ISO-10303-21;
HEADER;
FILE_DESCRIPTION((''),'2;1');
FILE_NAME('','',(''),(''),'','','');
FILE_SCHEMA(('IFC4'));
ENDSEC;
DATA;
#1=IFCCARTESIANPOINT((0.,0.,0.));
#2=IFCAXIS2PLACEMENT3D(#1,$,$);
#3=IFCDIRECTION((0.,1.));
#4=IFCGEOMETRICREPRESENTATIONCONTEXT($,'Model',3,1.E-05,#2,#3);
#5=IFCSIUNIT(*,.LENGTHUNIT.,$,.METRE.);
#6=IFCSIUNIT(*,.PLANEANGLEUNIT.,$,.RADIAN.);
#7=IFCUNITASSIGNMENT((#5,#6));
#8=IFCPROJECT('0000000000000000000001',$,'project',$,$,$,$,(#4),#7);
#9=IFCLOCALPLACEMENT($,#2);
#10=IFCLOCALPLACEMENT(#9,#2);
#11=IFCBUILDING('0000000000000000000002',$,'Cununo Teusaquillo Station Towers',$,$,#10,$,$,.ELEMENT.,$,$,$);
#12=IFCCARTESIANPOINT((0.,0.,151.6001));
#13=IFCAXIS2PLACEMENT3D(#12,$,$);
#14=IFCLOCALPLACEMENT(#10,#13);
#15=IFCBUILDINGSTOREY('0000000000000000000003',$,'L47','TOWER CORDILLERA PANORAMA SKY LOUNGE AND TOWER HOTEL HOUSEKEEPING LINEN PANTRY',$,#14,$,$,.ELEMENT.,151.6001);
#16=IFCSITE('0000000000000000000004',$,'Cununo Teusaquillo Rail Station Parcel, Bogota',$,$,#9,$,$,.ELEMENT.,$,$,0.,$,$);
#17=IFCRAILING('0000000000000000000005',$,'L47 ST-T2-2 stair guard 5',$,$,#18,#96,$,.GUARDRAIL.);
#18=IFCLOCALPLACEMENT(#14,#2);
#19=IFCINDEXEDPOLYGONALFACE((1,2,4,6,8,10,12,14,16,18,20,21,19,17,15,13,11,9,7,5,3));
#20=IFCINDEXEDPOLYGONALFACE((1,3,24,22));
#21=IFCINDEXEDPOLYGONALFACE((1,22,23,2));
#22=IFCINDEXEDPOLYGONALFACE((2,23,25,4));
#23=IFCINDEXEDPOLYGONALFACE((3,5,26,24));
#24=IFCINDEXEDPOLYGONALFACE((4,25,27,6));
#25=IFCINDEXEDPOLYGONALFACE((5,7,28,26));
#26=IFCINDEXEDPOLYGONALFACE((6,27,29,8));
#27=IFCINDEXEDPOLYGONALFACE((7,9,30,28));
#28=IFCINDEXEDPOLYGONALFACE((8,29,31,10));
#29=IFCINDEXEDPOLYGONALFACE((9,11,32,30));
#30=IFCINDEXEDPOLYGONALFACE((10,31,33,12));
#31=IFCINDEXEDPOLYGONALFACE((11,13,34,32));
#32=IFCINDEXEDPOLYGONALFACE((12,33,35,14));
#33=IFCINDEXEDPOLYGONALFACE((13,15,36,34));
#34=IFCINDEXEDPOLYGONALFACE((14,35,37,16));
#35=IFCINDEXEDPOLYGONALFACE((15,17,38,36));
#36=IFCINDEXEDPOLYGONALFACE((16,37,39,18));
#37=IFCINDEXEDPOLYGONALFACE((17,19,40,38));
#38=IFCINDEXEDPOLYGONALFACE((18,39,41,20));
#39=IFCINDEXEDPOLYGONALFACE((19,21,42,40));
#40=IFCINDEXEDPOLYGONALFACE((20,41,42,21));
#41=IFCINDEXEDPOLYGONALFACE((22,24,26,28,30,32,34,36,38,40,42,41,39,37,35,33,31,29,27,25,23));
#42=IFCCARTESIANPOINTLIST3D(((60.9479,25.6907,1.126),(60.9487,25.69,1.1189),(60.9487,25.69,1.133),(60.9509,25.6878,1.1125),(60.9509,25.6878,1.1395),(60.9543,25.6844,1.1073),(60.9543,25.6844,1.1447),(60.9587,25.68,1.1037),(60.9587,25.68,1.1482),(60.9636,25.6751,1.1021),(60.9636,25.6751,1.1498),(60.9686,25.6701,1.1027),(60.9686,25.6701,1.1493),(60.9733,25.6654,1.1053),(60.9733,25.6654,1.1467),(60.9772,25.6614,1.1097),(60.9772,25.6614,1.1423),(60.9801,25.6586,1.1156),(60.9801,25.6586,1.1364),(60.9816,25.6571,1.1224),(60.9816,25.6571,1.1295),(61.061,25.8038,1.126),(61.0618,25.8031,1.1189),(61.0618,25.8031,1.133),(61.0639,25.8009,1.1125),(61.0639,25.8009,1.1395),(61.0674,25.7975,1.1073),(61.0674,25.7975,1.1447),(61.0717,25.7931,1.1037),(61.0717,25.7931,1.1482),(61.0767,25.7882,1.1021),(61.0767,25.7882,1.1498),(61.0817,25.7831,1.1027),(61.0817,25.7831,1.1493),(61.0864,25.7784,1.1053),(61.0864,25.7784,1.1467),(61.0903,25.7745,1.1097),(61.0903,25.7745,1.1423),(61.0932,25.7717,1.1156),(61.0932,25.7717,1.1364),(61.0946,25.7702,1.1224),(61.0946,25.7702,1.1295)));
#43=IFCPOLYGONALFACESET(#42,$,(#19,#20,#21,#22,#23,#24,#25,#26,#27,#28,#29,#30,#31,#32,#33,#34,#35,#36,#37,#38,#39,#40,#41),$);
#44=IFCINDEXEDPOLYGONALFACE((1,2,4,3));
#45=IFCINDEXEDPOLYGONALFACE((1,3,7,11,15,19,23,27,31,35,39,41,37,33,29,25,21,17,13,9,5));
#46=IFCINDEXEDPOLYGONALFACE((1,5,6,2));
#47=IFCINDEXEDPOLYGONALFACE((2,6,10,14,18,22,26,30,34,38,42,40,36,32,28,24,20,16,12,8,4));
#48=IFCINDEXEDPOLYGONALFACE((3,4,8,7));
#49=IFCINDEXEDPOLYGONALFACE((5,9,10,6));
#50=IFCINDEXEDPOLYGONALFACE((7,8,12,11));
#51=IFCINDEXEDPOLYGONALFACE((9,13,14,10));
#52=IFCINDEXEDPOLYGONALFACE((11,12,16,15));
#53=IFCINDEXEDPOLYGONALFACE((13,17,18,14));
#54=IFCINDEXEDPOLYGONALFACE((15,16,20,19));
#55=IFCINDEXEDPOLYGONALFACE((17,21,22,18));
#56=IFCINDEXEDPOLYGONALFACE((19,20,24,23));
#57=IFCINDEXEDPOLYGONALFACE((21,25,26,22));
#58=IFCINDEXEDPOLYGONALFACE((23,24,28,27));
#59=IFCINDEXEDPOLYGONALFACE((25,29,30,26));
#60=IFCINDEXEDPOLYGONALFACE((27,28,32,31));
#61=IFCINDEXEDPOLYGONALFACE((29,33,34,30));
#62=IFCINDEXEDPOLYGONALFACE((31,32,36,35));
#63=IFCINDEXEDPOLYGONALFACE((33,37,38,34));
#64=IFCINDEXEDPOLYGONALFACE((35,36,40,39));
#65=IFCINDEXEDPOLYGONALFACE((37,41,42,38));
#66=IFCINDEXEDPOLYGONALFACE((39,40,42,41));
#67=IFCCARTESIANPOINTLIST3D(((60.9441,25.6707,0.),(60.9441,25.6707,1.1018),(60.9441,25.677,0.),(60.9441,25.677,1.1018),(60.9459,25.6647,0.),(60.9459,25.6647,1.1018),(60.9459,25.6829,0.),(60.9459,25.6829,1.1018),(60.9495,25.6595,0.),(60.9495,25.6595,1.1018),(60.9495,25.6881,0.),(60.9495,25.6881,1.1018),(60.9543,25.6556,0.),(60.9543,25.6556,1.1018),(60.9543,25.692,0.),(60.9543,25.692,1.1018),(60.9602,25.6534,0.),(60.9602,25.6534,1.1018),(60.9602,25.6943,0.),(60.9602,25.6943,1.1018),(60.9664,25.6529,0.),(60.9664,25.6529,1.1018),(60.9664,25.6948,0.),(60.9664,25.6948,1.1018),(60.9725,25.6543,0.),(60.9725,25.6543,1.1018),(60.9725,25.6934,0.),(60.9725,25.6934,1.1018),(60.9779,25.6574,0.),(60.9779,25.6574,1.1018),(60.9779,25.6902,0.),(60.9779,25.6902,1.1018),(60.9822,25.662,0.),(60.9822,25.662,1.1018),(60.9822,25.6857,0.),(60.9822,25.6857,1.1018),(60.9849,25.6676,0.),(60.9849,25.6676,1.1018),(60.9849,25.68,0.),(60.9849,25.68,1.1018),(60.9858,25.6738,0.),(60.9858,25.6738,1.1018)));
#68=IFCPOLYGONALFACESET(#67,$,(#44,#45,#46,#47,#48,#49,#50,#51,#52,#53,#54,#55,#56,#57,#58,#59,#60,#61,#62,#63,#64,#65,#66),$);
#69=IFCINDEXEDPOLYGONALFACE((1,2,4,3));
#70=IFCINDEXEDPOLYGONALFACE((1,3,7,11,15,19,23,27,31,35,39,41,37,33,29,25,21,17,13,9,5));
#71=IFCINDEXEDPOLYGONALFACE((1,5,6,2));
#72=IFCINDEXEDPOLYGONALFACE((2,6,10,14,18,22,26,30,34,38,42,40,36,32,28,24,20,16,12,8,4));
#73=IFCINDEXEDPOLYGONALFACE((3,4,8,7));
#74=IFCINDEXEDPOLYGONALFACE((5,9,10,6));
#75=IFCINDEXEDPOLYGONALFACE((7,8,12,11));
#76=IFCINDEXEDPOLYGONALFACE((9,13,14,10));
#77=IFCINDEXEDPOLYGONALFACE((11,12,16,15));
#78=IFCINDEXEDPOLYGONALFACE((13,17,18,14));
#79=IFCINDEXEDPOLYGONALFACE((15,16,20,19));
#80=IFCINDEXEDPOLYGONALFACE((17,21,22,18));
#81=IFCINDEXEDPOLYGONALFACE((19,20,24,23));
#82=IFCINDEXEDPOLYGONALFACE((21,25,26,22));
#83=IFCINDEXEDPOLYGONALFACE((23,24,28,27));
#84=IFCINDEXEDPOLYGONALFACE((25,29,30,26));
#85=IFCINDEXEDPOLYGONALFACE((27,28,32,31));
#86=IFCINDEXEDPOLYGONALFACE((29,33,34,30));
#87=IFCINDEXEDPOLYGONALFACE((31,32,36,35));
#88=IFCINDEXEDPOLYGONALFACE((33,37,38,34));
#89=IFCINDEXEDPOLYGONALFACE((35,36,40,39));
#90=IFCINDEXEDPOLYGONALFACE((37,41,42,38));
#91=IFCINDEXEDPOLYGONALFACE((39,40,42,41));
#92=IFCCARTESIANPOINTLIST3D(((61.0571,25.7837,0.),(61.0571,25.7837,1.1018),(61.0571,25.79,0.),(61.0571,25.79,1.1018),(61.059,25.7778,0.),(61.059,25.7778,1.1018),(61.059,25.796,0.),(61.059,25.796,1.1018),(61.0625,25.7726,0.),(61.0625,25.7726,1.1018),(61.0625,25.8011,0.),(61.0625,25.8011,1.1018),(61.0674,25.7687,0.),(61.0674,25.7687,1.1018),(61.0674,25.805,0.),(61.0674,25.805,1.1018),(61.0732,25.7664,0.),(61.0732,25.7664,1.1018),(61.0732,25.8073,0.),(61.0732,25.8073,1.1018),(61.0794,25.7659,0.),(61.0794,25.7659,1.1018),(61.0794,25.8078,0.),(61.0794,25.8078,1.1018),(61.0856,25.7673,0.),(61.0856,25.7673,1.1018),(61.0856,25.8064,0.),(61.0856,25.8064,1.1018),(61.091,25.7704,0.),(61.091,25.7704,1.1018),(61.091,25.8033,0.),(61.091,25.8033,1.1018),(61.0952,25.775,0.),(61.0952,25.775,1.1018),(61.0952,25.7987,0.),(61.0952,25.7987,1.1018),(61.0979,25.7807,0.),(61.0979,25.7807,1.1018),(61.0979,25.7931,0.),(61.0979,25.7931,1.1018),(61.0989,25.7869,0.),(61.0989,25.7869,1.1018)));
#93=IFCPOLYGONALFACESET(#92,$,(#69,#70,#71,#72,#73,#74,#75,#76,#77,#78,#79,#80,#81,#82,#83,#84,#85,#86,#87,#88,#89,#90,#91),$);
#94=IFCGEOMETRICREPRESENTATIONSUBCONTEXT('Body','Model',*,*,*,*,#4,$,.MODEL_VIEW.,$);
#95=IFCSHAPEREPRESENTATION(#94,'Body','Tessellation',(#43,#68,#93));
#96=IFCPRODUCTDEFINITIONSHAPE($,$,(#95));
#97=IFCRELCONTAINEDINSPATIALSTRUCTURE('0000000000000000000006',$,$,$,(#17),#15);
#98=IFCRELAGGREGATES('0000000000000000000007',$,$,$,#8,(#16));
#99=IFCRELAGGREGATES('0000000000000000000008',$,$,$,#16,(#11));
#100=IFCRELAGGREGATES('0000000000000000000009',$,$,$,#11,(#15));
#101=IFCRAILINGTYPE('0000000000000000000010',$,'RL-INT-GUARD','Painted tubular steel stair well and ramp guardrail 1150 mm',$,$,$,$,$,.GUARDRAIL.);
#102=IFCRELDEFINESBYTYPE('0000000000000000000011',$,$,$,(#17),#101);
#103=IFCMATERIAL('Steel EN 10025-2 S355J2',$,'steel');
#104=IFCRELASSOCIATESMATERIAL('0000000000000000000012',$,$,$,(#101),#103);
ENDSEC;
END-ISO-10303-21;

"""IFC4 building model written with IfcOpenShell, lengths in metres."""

from ifc_helpers import new_model, si_unit, direction, frame, origin, origin_2d, place, context, subcontext, project, spatial, circle, extrude, material, type_object, element, save


model = new_model("IFC4")

# Units and contexts
model_context = context("Model", 3, precision=1e-05, world=origin(), true_north=direction((0.0, 1.0)))
body_context = subcontext(model_context, "Body", "Model", "MODEL_VIEW")
ifc_project = project(units=[si_unit("LENGTHUNIT", "METRE"), si_unit("PLANEANGLEUNIT", "RADIAN")], contexts=[model_context])

# Site, building, storey
site_placement = place(None, origin())
site = spatial("IfcSite", under=ifc_project, at=site_placement, Name="Cununo Teusaquillo Rail Station Parcel, Bogota", CompositionType="ELEMENT", RefElevation=0.0)
building_placement = place(site_placement, origin())
building = spatial("IfcBuilding", under=site, at=building_placement, Name="Cununo Teusaquillo Station Towers", CompositionType="ELEMENT")
storey_placement = place(building_placement, frame((0.0, 0.0, 151.6001)))
storey = spatial("IfcBuildingStorey", under=building, at=storey_placement, Name="L47", Description="TOWER CORDILLERA PANORAMA SKY LOUNGE AND TOWER HOTEL HOUSEKEEPING LINEN PANTRY", CompositionType="ELEMENT", Elevation=151.6001)

# Railing
ifc_material_1 = material(Name="Steel EN 10025-2 S355J2", Category="steel")
railing_type_1 = type_object("IfcRailingType", Name="RL-INT-GUARD", Description="Painted tubular steel stair well and ramp guardrail 1150 mm", PredefinedType="GUARDRAIL", material=ifc_material_1)
railing_1_placement = place(storey_placement, frame((60.9648, 25.6738, 0.0)))
element("IfcRailing", 1, at=railing_1_placement, inside=storey, type_object=railing_type_1, Name="L47 ST-T2-2 stair guard 5", PredefinedType="GUARDRAIL", context=body_context, shape_type="SweptSolid", body=[
    extrude(circle(Radius=0.0239, at=origin_2d()), frame((0.0, 0.0, 1.126), z_axis=(0.707107, 0.707107, 0.0), x_axis=(-0.707107, 0.707107, 0.0)), (0.0, 0.0, 1.0), 0.1599),
    extrude(circle(Radius=0.021, at=origin_2d()), origin(), (0.0, 0.0, 1.0), 1.1018),
    extrude(circle(Radius=0.021, at=origin_2d()), frame((0.113, 0.113, 0.0)), (0.0, 0.0, 1.0), 1.1018),
])

save(model, "model.ifc")
